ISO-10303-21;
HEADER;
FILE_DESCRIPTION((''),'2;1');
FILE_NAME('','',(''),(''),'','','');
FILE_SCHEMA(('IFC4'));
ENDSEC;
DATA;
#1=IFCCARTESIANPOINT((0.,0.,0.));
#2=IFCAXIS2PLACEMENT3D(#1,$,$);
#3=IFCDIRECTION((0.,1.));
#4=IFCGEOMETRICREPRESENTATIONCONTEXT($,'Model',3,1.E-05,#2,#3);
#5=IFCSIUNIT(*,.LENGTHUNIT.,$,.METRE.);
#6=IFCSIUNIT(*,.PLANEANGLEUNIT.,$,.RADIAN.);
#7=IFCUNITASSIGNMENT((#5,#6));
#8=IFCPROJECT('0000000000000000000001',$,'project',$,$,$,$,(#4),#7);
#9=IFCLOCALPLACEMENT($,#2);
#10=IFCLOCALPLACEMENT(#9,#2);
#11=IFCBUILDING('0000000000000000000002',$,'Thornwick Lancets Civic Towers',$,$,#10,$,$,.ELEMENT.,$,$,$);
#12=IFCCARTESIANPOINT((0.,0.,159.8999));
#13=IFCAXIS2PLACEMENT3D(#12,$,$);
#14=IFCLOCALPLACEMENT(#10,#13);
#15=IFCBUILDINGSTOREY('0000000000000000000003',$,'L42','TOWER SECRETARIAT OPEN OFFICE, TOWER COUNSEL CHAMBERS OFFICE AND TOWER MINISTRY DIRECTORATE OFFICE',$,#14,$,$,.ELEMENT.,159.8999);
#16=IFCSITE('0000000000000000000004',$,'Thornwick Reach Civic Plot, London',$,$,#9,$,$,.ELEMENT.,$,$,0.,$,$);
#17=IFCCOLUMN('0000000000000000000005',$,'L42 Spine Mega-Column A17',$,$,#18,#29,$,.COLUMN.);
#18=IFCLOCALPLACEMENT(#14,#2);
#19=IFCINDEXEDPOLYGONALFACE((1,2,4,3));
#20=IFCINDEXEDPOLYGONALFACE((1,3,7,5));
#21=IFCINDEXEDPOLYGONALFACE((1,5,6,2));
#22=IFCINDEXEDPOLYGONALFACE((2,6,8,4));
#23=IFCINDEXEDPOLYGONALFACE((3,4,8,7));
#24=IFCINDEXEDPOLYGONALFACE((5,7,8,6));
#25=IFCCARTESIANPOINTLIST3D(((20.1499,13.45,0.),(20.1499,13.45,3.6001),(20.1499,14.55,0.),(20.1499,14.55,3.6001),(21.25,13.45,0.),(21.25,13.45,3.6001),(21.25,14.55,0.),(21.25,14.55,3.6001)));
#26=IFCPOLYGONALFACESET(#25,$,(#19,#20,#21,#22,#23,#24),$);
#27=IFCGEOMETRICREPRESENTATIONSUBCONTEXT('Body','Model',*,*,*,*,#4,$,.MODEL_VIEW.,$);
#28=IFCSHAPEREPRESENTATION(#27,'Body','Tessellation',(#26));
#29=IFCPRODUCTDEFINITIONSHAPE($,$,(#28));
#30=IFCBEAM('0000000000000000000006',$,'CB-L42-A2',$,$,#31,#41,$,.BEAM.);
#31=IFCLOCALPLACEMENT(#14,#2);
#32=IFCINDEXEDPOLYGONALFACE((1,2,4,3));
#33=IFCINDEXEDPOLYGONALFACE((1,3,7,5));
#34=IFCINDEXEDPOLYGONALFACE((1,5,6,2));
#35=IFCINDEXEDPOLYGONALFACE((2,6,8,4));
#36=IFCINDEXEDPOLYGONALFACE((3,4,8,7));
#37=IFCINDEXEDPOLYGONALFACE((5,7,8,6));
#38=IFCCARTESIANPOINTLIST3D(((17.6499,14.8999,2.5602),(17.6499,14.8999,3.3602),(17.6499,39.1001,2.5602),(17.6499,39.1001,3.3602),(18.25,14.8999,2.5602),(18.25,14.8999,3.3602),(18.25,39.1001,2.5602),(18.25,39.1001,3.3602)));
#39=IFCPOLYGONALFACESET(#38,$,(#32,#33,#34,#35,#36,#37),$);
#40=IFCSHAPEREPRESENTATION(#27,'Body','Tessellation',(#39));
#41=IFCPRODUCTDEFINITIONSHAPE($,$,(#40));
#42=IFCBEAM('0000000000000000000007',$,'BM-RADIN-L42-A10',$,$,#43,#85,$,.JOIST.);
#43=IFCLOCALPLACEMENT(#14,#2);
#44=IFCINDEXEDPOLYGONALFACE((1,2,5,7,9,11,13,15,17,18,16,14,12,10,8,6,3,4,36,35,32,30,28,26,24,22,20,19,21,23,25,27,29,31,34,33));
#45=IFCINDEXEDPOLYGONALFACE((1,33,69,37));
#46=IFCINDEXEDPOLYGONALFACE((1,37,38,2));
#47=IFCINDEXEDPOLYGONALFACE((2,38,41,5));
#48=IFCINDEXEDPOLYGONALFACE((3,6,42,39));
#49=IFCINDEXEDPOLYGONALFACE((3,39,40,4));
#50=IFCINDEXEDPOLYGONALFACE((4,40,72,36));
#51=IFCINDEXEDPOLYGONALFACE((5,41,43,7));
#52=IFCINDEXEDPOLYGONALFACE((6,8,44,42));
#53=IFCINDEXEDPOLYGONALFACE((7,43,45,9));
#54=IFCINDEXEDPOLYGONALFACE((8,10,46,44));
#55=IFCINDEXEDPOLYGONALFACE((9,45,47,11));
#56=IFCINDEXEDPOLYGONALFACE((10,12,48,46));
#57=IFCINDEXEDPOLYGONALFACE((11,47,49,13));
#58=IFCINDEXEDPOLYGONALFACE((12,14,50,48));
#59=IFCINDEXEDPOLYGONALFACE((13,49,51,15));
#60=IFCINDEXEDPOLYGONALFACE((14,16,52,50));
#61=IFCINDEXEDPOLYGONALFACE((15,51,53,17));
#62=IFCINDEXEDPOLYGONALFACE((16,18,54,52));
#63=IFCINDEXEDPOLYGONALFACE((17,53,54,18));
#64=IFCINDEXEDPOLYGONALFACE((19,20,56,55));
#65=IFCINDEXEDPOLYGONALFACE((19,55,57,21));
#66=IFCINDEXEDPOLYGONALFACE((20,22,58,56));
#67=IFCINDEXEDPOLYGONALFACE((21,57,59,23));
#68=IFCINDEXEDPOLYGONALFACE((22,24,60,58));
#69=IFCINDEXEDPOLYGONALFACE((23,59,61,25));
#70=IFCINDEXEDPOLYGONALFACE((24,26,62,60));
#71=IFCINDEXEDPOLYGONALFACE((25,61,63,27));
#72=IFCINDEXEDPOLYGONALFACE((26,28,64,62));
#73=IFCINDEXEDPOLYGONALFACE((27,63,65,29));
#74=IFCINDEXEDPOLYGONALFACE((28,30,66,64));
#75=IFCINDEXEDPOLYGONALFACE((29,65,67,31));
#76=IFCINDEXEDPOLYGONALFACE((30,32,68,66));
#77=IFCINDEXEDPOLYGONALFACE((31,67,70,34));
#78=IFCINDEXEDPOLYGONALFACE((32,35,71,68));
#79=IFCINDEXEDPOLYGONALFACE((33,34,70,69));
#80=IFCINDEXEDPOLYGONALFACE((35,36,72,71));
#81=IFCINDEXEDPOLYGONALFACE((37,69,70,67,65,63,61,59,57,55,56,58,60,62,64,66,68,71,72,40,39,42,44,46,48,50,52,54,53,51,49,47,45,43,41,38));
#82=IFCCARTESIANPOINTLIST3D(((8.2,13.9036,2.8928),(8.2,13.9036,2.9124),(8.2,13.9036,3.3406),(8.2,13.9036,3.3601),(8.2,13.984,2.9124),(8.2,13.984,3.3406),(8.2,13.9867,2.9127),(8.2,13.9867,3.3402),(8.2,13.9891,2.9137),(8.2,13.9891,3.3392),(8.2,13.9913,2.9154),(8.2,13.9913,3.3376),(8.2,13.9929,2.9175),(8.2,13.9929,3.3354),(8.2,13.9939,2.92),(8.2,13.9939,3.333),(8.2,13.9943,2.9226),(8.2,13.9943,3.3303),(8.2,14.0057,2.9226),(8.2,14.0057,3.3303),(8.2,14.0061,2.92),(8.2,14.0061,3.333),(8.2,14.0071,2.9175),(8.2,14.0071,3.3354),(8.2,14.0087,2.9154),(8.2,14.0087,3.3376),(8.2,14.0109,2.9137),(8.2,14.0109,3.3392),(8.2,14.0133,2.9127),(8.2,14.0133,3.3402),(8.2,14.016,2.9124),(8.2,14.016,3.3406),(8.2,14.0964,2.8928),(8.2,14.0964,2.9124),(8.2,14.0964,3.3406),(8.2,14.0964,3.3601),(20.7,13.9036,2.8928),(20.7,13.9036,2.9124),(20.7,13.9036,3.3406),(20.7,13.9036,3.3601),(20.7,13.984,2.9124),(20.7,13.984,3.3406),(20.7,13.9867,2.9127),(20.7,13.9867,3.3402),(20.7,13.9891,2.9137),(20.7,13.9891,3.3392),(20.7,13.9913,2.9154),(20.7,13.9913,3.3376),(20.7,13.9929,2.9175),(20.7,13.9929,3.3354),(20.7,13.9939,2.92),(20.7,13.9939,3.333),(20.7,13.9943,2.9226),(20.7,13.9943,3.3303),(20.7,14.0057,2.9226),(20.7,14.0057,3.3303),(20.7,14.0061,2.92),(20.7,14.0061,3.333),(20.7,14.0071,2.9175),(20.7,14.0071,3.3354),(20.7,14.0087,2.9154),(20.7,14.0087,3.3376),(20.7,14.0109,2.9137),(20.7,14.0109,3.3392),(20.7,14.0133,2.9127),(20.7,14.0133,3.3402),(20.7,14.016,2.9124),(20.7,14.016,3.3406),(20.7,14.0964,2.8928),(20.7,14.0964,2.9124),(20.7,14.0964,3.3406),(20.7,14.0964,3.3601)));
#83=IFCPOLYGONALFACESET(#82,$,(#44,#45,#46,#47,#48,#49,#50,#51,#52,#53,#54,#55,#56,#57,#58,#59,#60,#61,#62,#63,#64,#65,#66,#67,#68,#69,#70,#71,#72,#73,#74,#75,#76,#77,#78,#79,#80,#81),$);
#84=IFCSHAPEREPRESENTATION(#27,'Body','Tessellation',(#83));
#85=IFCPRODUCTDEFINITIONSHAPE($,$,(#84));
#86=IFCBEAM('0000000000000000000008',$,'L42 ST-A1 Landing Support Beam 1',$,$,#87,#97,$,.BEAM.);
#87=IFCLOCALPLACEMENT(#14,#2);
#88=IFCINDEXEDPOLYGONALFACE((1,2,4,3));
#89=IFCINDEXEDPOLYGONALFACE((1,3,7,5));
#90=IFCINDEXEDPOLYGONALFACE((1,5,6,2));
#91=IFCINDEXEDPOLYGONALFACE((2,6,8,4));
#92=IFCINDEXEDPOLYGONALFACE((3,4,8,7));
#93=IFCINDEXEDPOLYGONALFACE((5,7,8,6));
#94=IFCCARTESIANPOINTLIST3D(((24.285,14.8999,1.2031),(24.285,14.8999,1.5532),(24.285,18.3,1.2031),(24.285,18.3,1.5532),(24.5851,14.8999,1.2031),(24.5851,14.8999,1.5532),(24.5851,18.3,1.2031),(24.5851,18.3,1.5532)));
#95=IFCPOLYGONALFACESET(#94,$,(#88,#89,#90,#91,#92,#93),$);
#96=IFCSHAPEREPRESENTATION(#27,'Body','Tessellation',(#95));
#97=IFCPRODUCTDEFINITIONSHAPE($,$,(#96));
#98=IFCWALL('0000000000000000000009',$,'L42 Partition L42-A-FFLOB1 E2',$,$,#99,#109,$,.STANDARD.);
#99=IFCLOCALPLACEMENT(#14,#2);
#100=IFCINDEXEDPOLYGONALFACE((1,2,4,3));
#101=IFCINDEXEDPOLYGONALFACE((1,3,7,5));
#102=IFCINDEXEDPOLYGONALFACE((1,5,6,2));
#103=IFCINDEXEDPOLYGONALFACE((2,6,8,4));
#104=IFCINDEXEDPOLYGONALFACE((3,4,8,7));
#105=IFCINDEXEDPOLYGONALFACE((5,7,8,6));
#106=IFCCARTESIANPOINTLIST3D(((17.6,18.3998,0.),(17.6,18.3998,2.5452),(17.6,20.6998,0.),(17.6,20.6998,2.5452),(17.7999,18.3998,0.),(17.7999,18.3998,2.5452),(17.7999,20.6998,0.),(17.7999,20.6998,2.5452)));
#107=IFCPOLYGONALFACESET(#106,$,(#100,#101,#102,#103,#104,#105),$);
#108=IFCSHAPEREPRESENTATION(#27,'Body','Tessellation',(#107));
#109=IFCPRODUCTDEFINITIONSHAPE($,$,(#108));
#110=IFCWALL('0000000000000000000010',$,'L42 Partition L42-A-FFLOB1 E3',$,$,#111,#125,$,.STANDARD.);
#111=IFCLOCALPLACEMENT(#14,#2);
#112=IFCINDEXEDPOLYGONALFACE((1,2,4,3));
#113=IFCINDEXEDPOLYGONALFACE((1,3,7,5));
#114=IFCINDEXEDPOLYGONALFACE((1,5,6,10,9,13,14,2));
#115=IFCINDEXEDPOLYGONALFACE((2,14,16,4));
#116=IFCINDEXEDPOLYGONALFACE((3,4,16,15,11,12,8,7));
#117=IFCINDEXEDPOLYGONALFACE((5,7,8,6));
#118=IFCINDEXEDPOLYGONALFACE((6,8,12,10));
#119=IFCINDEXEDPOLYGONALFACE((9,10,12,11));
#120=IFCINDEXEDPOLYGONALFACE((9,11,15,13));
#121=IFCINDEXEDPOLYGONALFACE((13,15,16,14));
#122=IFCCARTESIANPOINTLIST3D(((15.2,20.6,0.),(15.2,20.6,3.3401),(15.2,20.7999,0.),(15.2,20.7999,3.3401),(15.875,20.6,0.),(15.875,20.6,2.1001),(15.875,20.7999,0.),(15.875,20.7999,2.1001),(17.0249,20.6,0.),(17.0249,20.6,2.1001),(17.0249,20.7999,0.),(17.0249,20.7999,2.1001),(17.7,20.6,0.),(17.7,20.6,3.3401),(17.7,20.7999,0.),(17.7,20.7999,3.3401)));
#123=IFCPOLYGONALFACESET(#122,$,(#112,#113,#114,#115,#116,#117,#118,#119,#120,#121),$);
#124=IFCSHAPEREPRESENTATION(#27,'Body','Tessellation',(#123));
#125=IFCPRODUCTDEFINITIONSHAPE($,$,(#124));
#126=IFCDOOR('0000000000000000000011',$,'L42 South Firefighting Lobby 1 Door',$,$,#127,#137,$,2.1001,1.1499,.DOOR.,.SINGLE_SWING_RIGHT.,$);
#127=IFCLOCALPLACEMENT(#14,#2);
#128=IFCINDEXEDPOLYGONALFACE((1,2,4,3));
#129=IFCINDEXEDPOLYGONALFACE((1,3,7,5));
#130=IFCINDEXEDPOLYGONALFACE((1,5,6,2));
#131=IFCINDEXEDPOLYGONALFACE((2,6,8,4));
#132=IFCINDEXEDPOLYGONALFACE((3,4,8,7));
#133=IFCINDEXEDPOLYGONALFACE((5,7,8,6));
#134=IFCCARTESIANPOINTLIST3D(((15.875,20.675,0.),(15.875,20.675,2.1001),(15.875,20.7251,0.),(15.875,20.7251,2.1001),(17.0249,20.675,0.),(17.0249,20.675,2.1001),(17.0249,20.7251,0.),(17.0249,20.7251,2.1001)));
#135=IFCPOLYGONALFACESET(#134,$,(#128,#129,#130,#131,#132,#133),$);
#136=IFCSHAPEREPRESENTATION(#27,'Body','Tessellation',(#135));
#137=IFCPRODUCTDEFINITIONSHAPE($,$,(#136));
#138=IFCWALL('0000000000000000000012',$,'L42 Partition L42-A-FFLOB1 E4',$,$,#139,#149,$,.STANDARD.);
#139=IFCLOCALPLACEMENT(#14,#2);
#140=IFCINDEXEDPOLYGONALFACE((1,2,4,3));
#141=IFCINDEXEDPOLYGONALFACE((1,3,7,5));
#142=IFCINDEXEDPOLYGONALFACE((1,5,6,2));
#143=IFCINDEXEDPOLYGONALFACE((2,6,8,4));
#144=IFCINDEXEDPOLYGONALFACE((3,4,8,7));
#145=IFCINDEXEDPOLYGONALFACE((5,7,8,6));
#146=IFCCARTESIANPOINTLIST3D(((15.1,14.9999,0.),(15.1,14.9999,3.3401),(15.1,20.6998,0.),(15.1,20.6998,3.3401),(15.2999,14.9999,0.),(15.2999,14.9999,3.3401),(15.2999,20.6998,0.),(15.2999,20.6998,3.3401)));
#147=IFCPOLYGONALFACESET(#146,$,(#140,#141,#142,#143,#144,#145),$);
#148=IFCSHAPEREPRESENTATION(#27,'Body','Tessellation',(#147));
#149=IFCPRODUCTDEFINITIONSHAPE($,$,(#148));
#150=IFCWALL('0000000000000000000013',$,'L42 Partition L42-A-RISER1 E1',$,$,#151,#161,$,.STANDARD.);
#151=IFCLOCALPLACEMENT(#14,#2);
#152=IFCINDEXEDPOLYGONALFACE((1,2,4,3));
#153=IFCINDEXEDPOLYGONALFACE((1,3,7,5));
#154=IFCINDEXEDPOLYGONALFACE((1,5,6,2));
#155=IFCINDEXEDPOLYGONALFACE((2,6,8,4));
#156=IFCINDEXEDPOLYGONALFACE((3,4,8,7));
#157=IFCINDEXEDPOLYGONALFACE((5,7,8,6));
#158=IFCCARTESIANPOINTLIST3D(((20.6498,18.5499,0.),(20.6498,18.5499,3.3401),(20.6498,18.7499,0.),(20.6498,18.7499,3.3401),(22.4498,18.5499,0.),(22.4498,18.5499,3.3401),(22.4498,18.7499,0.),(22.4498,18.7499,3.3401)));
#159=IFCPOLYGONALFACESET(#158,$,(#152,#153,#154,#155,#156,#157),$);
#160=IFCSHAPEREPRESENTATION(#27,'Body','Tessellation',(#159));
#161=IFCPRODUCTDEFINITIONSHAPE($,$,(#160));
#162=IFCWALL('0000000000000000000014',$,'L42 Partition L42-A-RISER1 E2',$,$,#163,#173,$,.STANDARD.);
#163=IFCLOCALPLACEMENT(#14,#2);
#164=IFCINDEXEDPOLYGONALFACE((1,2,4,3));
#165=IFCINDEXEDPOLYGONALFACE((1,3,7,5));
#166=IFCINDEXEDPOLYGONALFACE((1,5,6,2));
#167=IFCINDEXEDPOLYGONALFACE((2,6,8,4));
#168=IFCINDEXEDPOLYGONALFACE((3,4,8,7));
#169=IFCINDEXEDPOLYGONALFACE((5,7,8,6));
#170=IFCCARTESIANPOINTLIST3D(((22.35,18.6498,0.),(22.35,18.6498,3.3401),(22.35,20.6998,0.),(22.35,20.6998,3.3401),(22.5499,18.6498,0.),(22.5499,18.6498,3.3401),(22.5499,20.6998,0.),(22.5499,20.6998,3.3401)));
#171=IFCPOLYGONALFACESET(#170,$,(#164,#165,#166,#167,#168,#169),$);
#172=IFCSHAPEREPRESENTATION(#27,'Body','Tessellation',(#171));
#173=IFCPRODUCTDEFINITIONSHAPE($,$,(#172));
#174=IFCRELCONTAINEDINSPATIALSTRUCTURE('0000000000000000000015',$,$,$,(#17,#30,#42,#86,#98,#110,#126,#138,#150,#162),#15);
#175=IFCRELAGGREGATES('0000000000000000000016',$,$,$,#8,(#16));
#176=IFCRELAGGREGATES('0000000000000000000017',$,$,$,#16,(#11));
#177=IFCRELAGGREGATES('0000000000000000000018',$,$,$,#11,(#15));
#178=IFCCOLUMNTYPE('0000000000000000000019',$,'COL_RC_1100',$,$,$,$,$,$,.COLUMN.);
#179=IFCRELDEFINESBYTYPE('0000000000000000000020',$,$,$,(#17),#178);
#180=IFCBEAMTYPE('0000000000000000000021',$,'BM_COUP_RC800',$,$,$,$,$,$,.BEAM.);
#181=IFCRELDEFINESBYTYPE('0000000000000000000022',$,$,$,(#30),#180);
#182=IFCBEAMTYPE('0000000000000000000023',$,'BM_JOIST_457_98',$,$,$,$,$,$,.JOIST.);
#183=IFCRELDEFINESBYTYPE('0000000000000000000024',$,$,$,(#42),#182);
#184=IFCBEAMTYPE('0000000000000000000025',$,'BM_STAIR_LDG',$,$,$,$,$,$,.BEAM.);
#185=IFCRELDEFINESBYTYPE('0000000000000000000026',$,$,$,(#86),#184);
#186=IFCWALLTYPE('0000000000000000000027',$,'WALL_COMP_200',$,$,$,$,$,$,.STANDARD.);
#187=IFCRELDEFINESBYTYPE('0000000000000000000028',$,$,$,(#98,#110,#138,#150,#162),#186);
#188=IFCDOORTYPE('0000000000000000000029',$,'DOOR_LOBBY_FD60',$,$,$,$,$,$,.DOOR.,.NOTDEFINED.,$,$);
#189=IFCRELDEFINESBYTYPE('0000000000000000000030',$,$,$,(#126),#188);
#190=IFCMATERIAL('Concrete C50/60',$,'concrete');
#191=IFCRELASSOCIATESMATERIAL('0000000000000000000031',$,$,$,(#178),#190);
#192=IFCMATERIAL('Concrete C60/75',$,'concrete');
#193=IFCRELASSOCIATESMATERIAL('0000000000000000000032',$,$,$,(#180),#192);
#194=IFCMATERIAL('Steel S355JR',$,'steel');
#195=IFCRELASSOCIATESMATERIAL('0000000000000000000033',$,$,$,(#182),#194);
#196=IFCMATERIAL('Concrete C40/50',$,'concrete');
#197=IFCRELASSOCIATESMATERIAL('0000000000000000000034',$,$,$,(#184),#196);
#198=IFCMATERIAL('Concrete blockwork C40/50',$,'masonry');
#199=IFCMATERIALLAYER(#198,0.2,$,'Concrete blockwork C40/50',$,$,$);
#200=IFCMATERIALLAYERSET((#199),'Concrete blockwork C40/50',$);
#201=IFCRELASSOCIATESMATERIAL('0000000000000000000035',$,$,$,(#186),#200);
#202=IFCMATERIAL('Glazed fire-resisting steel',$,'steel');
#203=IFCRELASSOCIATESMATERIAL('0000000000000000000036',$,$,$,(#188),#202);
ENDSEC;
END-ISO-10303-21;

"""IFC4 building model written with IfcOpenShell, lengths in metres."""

from ifc_helpers import new_model, si_unit, direction, frame, frame_2d, origin, origin_2d, place, context, subcontext, project, spatial, rectangle, i_section, extrude, material, layer, layer_set, material_profile, profile_set, type_object, element, fill, save


model = new_model("IFC4")

# Units and contexts
model_context = context("Model", 3, precision=1e-05, world=origin(), true_north=direction((0.0, 1.0)))
body_context = subcontext(model_context, "Body", "Model", "MODEL_VIEW")
ifc_project = project(units=[si_unit("LENGTHUNIT", "METRE"), si_unit("PLANEANGLEUNIT", "RADIAN")], contexts=[model_context])

# Site, building, storey
site_placement = place(None, origin())
site = spatial("IfcSite", under=ifc_project, at=site_placement, Name="Thornwick Reach Civic Plot, London", CompositionType="ELEMENT", RefElevation=0.0)
building_placement = place(site_placement, origin())
building = spatial("IfcBuilding", under=site, at=building_placement, Name="Thornwick Lancets Civic Towers", CompositionType="ELEMENT")
storey_placement = place(building_placement, frame((0.0, 0.0, 159.8999)))
storey = spatial("IfcBuildingStorey", under=building, at=storey_placement, Name="L42", Description="TOWER SECRETARIAT OPEN OFFICE, TOWER COUNSEL CHAMBERS OFFICE AND TOWER MINISTRY DIRECTORATE OFFICE", CompositionType="ELEMENT", Elevation=159.8999)

# Column
ifc_material_1 = material(Name="Concrete C50/60", Category="concrete")
ifc_material_profile_1 = material_profile(ifc_material_1, rectangle(XDim=1.1001, YDim=1.1001, at=origin_2d()), Name="RC 1100x1100")
ifc_profile_set_1 = profile_set([ifc_material_profile_1], Name="Concrete C50/60")
column_type = type_object("IfcColumnType", Name="COL_RC_1100", PredefinedType="COLUMN", material=ifc_profile_set_1)
column_placement = place(storey_placement, frame((20.7, 14.0, 0.0), z_axis=(0.0, 0.0, 1.0), x_axis=(1.0, 0.0, 0.0)))
element("IfcColumn", 1, at=column_placement, inside=storey, type_object=column_type, Name="L42 Spine Mega-Column A17", PredefinedType="COLUMN", context=body_context, shape_type="SweptSolid", body=[
    extrude(rectangle(XDim=1.1001, YDim=1.1001, at=origin_2d()), origin(), (0.0, 0.0, 1.0), 3.6001),
])

# Beams
ifc_material_2 = material(Name="Concrete C60/75", Category="concrete")
ifc_material_profile_2 = material_profile(ifc_material_2, rectangle(XDim=0.6001, YDim=0.8, at=origin_2d()), Name="RC 600x800")
ifc_profile_set_2 = profile_set([ifc_material_profile_2], Name="Concrete C60/75")
beam_type_1 = type_object("IfcBeamType", Name="BM_COUP_RC800", PredefinedType="BEAM", material=ifc_profile_set_2)
beam_1_placement = place(storey_placement, frame((17.95, 14.8999, 2.9602), z_axis=(0.0, 1.0, 0.0), x_axis=(-1.0, 0.0, 0.0)))
element("IfcBeam", 2, at=beam_1_placement, inside=storey, type_object=beam_type_1, Name="CB-L42-A2", PredefinedType="BEAM", context=body_context, shape_type="SweptSolid", body=[
    extrude(rectangle(XDim=0.6001, YDim=0.8, at=origin_2d()), origin(), (0.0, 0.0, 1.0), 24.2002),
])
ifc_material_3 = material(Name="Steel S355JR", Category="steel")
ifc_material_profile_3 = material_profile(ifc_material_3, i_section(OverallWidth=0.1929, OverallDepth=0.4673, WebThickness=0.0115, FlangeThickness=0.0195, FilletRadius=0.0103, at=origin_2d()), Name="UKB 457x191x98")
ifc_profile_set_3 = profile_set([ifc_material_profile_3], Name="Steel S355JR")
beam_type_2 = type_object("IfcBeamType", Name="BM_JOIST_457_98", PredefinedType="JOIST", material=ifc_profile_set_3)
beam_2_placement = place(storey_placement, frame((20.7, 14.0, 3.1265), z_axis=(-1.0, 0.0, 0.0), x_axis=(0.0, -1.0, 0.0)))
element("IfcBeam", 3, at=beam_2_placement, inside=storey, type_object=beam_type_2, Name="BM-RADIN-L42-A10", PredefinedType="JOIST", context=body_context, shape_type="SweptSolid", body=[
    extrude(i_section(OverallWidth=0.1929, OverallDepth=0.4673, WebThickness=0.0115, FlangeThickness=0.0195, FilletRadius=0.0103, at=origin_2d()), origin(), (0.0, 0.0, 1.0), 12.5),
])
ifc_material_4 = material(Name="Concrete C40/50", Category="concrete")
ifc_material_profile_4 = material_profile(ifc_material_4, rectangle(XDim=0.3, YDim=0.3501, at=origin_2d()), Name="RC 300x350")
ifc_profile_set_4 = profile_set([ifc_material_profile_4], Name="Concrete C40/50")
beam_type_3 = type_object("IfcBeamType", Name="BM_STAIR_LDG", PredefinedType="BEAM", material=ifc_profile_set_4)
beam_3_placement = place(storey_placement, frame((24.4351, 14.8999, 1.3782), z_axis=(0.0, 1.0, 0.0), x_axis=(-1.0, 0.0, 0.0)))
element("IfcBeam", 4, at=beam_3_placement, inside=storey, type_object=beam_type_3, Name="L42 ST-A1 Landing Support Beam 1", PredefinedType="BEAM", context=body_context, shape_type="SweptSolid", body=[
    extrude(rectangle(XDim=0.3, YDim=0.3501, at=origin_2d()), origin(), (0.0, 0.0, 1.0), 3.4001),
])

# Wall
ifc_material_5 = material(Name="Concrete blockwork C40/50", Category="masonry")
ifc_layer_1 = layer(ifc_material_5, 0.2, Name="Concrete blockwork C40/50")
ifc_layer_set_1 = layer_set([ifc_layer_1], Name="Concrete blockwork C40/50")
wall_type_1 = type_object("IfcWallType", Name="WALL_COMP_200", PredefinedType="STANDARD", material=ifc_layer_set_1)
wall_1_placement = place(storey_placement, frame((17.7, 18.3999, 0.0), z_axis=(0.0, 0.0, 1.0), x_axis=(0.0, 1.0, 0.0)))
element("IfcWall", 5, at=wall_1_placement, inside=storey, type_object=wall_type_1, Name="L42 Partition L42-A-FFLOB1 E2", PredefinedType="STANDARD", context=body_context, shape_type="SweptSolid", body=[
    extrude(rectangle(XDim=2.3, YDim=0.2, at=frame_2d((1.1499, 0.0))), origin(), (0.0, 0.0, 1.0), 2.5452),
])

# Wall, opening, door
wall_2_placement = place(storey_placement, frame((17.7, 20.7, 0.0), z_axis=(0.0, 0.0, 1.0), x_axis=(-1.0, 0.0, 0.0)))
wall_2 = element("IfcWall", 6, at=wall_2_placement, inside=storey, type_object=wall_type_1, Name="L42 Partition L42-A-FFLOB1 E3", PredefinedType="STANDARD", context=body_context, shape_type="SweptSolid", body=[
    extrude(rectangle(XDim=2.5, YDim=0.2, at=frame_2d((1.25, 0.0))), origin(), (0.0, 0.0, 1.0), 3.3401),
])
opening_1_placement = place(wall_2_placement, frame((0.675, 0.0, 0.0)))
opening_1 = element("IfcOpeningElement", 7, at=opening_1_placement, cuts=wall_2, PredefinedType="OPENING", context=body_context, shape_type="SweptSolid", body=[
    extrude(rectangle(XDim=1.1499, YDim=2.1001, at=frame_2d((0.575, 1.05))), frame((0.0, 0.1099, 0.0), z_axis=(0.0, -1.0, 0.0), x_axis=(1.0, 0.0, 0.0)), (0.0, 0.0, 1.0), 0.22),
])
ifc_material_6 = material(Name="Glazed fire-resisting steel", Category="steel")
door_type_1 = type_object("IfcDoorType", Name="DOOR_LOBBY_FD60", OperationType="NOTDEFINED", PredefinedType="DOOR", material=ifc_material_6)
door_1_placement = place(opening_1_placement, origin())
door_1 = element("IfcDoor", 8, at=door_1_placement, inside=storey, type_object=door_type_1, Name="L42 South Firefighting Lobby 1 Door", OperationType="SINGLE_SWING_RIGHT", OverallHeight=2.1001, OverallWidth=1.1499, PredefinedType="DOOR", context=body_context, shape_type="SweptSolid", body=[
    extrude(rectangle(XDim=1.1499, YDim=2.1001, at=frame_2d((0.575, 1.05))), frame((0.0, 0.0249, 0.0), z_axis=(0.0, -1.0, 0.0), x_axis=(1.0, 0.0, 0.0)), (0.0, 0.0, 1.0), 0.05),
])
fill(opening_1, door_1)

# Walls
wall_3_placement = place(storey_placement, frame((15.2, 20.7, 0.0), z_axis=(0.0, 0.0, 1.0), x_axis=(0.0, -1.0, 0.0)))
element("IfcWall", 9, at=wall_3_placement, inside=storey, type_object=wall_type_1, Name="L42 Partition L42-A-FFLOB1 E4", PredefinedType="STANDARD", context=body_context, shape_type="SweptSolid", body=[
    extrude(rectangle(XDim=5.7, YDim=0.2, at=frame_2d((2.8501, 0.0))), origin(), (0.0, 0.0, 1.0), 3.3401),
])
wall_4_placement = place(storey_placement, frame((20.6499, 18.6499, 0.0), z_axis=(0.0, 0.0, 1.0), x_axis=(1.0, 0.0, 0.0)))
element("IfcWall", 10, at=wall_4_placement, inside=storey, type_object=wall_type_1, Name="L42 Partition L42-A-RISER1 E1", PredefinedType="STANDARD", context=body_context, shape_type="SweptSolid", body=[
    extrude(rectangle(XDim=1.8, YDim=0.2, at=frame_2d((0.8999, 0.0))), origin(), (0.0, 0.0, 1.0), 3.3401),
])
wall_5_placement = place(storey_placement, frame((22.45, 18.6499, 0.0), z_axis=(0.0, 0.0, 1.0), x_axis=(0.0, 1.0, 0.0)))
element("IfcWall", 11, at=wall_5_placement, inside=storey, type_object=wall_type_1, Name="L42 Partition L42-A-RISER1 E2", PredefinedType="STANDARD", context=body_context, shape_type="SweptSolid", body=[
    extrude(rectangle(XDim=2.05, YDim=0.2, at=frame_2d((1.0249, 0.0))), origin(), (0.0, 0.0, 1.0), 3.3401),
])

save(model, "model.ifc")
